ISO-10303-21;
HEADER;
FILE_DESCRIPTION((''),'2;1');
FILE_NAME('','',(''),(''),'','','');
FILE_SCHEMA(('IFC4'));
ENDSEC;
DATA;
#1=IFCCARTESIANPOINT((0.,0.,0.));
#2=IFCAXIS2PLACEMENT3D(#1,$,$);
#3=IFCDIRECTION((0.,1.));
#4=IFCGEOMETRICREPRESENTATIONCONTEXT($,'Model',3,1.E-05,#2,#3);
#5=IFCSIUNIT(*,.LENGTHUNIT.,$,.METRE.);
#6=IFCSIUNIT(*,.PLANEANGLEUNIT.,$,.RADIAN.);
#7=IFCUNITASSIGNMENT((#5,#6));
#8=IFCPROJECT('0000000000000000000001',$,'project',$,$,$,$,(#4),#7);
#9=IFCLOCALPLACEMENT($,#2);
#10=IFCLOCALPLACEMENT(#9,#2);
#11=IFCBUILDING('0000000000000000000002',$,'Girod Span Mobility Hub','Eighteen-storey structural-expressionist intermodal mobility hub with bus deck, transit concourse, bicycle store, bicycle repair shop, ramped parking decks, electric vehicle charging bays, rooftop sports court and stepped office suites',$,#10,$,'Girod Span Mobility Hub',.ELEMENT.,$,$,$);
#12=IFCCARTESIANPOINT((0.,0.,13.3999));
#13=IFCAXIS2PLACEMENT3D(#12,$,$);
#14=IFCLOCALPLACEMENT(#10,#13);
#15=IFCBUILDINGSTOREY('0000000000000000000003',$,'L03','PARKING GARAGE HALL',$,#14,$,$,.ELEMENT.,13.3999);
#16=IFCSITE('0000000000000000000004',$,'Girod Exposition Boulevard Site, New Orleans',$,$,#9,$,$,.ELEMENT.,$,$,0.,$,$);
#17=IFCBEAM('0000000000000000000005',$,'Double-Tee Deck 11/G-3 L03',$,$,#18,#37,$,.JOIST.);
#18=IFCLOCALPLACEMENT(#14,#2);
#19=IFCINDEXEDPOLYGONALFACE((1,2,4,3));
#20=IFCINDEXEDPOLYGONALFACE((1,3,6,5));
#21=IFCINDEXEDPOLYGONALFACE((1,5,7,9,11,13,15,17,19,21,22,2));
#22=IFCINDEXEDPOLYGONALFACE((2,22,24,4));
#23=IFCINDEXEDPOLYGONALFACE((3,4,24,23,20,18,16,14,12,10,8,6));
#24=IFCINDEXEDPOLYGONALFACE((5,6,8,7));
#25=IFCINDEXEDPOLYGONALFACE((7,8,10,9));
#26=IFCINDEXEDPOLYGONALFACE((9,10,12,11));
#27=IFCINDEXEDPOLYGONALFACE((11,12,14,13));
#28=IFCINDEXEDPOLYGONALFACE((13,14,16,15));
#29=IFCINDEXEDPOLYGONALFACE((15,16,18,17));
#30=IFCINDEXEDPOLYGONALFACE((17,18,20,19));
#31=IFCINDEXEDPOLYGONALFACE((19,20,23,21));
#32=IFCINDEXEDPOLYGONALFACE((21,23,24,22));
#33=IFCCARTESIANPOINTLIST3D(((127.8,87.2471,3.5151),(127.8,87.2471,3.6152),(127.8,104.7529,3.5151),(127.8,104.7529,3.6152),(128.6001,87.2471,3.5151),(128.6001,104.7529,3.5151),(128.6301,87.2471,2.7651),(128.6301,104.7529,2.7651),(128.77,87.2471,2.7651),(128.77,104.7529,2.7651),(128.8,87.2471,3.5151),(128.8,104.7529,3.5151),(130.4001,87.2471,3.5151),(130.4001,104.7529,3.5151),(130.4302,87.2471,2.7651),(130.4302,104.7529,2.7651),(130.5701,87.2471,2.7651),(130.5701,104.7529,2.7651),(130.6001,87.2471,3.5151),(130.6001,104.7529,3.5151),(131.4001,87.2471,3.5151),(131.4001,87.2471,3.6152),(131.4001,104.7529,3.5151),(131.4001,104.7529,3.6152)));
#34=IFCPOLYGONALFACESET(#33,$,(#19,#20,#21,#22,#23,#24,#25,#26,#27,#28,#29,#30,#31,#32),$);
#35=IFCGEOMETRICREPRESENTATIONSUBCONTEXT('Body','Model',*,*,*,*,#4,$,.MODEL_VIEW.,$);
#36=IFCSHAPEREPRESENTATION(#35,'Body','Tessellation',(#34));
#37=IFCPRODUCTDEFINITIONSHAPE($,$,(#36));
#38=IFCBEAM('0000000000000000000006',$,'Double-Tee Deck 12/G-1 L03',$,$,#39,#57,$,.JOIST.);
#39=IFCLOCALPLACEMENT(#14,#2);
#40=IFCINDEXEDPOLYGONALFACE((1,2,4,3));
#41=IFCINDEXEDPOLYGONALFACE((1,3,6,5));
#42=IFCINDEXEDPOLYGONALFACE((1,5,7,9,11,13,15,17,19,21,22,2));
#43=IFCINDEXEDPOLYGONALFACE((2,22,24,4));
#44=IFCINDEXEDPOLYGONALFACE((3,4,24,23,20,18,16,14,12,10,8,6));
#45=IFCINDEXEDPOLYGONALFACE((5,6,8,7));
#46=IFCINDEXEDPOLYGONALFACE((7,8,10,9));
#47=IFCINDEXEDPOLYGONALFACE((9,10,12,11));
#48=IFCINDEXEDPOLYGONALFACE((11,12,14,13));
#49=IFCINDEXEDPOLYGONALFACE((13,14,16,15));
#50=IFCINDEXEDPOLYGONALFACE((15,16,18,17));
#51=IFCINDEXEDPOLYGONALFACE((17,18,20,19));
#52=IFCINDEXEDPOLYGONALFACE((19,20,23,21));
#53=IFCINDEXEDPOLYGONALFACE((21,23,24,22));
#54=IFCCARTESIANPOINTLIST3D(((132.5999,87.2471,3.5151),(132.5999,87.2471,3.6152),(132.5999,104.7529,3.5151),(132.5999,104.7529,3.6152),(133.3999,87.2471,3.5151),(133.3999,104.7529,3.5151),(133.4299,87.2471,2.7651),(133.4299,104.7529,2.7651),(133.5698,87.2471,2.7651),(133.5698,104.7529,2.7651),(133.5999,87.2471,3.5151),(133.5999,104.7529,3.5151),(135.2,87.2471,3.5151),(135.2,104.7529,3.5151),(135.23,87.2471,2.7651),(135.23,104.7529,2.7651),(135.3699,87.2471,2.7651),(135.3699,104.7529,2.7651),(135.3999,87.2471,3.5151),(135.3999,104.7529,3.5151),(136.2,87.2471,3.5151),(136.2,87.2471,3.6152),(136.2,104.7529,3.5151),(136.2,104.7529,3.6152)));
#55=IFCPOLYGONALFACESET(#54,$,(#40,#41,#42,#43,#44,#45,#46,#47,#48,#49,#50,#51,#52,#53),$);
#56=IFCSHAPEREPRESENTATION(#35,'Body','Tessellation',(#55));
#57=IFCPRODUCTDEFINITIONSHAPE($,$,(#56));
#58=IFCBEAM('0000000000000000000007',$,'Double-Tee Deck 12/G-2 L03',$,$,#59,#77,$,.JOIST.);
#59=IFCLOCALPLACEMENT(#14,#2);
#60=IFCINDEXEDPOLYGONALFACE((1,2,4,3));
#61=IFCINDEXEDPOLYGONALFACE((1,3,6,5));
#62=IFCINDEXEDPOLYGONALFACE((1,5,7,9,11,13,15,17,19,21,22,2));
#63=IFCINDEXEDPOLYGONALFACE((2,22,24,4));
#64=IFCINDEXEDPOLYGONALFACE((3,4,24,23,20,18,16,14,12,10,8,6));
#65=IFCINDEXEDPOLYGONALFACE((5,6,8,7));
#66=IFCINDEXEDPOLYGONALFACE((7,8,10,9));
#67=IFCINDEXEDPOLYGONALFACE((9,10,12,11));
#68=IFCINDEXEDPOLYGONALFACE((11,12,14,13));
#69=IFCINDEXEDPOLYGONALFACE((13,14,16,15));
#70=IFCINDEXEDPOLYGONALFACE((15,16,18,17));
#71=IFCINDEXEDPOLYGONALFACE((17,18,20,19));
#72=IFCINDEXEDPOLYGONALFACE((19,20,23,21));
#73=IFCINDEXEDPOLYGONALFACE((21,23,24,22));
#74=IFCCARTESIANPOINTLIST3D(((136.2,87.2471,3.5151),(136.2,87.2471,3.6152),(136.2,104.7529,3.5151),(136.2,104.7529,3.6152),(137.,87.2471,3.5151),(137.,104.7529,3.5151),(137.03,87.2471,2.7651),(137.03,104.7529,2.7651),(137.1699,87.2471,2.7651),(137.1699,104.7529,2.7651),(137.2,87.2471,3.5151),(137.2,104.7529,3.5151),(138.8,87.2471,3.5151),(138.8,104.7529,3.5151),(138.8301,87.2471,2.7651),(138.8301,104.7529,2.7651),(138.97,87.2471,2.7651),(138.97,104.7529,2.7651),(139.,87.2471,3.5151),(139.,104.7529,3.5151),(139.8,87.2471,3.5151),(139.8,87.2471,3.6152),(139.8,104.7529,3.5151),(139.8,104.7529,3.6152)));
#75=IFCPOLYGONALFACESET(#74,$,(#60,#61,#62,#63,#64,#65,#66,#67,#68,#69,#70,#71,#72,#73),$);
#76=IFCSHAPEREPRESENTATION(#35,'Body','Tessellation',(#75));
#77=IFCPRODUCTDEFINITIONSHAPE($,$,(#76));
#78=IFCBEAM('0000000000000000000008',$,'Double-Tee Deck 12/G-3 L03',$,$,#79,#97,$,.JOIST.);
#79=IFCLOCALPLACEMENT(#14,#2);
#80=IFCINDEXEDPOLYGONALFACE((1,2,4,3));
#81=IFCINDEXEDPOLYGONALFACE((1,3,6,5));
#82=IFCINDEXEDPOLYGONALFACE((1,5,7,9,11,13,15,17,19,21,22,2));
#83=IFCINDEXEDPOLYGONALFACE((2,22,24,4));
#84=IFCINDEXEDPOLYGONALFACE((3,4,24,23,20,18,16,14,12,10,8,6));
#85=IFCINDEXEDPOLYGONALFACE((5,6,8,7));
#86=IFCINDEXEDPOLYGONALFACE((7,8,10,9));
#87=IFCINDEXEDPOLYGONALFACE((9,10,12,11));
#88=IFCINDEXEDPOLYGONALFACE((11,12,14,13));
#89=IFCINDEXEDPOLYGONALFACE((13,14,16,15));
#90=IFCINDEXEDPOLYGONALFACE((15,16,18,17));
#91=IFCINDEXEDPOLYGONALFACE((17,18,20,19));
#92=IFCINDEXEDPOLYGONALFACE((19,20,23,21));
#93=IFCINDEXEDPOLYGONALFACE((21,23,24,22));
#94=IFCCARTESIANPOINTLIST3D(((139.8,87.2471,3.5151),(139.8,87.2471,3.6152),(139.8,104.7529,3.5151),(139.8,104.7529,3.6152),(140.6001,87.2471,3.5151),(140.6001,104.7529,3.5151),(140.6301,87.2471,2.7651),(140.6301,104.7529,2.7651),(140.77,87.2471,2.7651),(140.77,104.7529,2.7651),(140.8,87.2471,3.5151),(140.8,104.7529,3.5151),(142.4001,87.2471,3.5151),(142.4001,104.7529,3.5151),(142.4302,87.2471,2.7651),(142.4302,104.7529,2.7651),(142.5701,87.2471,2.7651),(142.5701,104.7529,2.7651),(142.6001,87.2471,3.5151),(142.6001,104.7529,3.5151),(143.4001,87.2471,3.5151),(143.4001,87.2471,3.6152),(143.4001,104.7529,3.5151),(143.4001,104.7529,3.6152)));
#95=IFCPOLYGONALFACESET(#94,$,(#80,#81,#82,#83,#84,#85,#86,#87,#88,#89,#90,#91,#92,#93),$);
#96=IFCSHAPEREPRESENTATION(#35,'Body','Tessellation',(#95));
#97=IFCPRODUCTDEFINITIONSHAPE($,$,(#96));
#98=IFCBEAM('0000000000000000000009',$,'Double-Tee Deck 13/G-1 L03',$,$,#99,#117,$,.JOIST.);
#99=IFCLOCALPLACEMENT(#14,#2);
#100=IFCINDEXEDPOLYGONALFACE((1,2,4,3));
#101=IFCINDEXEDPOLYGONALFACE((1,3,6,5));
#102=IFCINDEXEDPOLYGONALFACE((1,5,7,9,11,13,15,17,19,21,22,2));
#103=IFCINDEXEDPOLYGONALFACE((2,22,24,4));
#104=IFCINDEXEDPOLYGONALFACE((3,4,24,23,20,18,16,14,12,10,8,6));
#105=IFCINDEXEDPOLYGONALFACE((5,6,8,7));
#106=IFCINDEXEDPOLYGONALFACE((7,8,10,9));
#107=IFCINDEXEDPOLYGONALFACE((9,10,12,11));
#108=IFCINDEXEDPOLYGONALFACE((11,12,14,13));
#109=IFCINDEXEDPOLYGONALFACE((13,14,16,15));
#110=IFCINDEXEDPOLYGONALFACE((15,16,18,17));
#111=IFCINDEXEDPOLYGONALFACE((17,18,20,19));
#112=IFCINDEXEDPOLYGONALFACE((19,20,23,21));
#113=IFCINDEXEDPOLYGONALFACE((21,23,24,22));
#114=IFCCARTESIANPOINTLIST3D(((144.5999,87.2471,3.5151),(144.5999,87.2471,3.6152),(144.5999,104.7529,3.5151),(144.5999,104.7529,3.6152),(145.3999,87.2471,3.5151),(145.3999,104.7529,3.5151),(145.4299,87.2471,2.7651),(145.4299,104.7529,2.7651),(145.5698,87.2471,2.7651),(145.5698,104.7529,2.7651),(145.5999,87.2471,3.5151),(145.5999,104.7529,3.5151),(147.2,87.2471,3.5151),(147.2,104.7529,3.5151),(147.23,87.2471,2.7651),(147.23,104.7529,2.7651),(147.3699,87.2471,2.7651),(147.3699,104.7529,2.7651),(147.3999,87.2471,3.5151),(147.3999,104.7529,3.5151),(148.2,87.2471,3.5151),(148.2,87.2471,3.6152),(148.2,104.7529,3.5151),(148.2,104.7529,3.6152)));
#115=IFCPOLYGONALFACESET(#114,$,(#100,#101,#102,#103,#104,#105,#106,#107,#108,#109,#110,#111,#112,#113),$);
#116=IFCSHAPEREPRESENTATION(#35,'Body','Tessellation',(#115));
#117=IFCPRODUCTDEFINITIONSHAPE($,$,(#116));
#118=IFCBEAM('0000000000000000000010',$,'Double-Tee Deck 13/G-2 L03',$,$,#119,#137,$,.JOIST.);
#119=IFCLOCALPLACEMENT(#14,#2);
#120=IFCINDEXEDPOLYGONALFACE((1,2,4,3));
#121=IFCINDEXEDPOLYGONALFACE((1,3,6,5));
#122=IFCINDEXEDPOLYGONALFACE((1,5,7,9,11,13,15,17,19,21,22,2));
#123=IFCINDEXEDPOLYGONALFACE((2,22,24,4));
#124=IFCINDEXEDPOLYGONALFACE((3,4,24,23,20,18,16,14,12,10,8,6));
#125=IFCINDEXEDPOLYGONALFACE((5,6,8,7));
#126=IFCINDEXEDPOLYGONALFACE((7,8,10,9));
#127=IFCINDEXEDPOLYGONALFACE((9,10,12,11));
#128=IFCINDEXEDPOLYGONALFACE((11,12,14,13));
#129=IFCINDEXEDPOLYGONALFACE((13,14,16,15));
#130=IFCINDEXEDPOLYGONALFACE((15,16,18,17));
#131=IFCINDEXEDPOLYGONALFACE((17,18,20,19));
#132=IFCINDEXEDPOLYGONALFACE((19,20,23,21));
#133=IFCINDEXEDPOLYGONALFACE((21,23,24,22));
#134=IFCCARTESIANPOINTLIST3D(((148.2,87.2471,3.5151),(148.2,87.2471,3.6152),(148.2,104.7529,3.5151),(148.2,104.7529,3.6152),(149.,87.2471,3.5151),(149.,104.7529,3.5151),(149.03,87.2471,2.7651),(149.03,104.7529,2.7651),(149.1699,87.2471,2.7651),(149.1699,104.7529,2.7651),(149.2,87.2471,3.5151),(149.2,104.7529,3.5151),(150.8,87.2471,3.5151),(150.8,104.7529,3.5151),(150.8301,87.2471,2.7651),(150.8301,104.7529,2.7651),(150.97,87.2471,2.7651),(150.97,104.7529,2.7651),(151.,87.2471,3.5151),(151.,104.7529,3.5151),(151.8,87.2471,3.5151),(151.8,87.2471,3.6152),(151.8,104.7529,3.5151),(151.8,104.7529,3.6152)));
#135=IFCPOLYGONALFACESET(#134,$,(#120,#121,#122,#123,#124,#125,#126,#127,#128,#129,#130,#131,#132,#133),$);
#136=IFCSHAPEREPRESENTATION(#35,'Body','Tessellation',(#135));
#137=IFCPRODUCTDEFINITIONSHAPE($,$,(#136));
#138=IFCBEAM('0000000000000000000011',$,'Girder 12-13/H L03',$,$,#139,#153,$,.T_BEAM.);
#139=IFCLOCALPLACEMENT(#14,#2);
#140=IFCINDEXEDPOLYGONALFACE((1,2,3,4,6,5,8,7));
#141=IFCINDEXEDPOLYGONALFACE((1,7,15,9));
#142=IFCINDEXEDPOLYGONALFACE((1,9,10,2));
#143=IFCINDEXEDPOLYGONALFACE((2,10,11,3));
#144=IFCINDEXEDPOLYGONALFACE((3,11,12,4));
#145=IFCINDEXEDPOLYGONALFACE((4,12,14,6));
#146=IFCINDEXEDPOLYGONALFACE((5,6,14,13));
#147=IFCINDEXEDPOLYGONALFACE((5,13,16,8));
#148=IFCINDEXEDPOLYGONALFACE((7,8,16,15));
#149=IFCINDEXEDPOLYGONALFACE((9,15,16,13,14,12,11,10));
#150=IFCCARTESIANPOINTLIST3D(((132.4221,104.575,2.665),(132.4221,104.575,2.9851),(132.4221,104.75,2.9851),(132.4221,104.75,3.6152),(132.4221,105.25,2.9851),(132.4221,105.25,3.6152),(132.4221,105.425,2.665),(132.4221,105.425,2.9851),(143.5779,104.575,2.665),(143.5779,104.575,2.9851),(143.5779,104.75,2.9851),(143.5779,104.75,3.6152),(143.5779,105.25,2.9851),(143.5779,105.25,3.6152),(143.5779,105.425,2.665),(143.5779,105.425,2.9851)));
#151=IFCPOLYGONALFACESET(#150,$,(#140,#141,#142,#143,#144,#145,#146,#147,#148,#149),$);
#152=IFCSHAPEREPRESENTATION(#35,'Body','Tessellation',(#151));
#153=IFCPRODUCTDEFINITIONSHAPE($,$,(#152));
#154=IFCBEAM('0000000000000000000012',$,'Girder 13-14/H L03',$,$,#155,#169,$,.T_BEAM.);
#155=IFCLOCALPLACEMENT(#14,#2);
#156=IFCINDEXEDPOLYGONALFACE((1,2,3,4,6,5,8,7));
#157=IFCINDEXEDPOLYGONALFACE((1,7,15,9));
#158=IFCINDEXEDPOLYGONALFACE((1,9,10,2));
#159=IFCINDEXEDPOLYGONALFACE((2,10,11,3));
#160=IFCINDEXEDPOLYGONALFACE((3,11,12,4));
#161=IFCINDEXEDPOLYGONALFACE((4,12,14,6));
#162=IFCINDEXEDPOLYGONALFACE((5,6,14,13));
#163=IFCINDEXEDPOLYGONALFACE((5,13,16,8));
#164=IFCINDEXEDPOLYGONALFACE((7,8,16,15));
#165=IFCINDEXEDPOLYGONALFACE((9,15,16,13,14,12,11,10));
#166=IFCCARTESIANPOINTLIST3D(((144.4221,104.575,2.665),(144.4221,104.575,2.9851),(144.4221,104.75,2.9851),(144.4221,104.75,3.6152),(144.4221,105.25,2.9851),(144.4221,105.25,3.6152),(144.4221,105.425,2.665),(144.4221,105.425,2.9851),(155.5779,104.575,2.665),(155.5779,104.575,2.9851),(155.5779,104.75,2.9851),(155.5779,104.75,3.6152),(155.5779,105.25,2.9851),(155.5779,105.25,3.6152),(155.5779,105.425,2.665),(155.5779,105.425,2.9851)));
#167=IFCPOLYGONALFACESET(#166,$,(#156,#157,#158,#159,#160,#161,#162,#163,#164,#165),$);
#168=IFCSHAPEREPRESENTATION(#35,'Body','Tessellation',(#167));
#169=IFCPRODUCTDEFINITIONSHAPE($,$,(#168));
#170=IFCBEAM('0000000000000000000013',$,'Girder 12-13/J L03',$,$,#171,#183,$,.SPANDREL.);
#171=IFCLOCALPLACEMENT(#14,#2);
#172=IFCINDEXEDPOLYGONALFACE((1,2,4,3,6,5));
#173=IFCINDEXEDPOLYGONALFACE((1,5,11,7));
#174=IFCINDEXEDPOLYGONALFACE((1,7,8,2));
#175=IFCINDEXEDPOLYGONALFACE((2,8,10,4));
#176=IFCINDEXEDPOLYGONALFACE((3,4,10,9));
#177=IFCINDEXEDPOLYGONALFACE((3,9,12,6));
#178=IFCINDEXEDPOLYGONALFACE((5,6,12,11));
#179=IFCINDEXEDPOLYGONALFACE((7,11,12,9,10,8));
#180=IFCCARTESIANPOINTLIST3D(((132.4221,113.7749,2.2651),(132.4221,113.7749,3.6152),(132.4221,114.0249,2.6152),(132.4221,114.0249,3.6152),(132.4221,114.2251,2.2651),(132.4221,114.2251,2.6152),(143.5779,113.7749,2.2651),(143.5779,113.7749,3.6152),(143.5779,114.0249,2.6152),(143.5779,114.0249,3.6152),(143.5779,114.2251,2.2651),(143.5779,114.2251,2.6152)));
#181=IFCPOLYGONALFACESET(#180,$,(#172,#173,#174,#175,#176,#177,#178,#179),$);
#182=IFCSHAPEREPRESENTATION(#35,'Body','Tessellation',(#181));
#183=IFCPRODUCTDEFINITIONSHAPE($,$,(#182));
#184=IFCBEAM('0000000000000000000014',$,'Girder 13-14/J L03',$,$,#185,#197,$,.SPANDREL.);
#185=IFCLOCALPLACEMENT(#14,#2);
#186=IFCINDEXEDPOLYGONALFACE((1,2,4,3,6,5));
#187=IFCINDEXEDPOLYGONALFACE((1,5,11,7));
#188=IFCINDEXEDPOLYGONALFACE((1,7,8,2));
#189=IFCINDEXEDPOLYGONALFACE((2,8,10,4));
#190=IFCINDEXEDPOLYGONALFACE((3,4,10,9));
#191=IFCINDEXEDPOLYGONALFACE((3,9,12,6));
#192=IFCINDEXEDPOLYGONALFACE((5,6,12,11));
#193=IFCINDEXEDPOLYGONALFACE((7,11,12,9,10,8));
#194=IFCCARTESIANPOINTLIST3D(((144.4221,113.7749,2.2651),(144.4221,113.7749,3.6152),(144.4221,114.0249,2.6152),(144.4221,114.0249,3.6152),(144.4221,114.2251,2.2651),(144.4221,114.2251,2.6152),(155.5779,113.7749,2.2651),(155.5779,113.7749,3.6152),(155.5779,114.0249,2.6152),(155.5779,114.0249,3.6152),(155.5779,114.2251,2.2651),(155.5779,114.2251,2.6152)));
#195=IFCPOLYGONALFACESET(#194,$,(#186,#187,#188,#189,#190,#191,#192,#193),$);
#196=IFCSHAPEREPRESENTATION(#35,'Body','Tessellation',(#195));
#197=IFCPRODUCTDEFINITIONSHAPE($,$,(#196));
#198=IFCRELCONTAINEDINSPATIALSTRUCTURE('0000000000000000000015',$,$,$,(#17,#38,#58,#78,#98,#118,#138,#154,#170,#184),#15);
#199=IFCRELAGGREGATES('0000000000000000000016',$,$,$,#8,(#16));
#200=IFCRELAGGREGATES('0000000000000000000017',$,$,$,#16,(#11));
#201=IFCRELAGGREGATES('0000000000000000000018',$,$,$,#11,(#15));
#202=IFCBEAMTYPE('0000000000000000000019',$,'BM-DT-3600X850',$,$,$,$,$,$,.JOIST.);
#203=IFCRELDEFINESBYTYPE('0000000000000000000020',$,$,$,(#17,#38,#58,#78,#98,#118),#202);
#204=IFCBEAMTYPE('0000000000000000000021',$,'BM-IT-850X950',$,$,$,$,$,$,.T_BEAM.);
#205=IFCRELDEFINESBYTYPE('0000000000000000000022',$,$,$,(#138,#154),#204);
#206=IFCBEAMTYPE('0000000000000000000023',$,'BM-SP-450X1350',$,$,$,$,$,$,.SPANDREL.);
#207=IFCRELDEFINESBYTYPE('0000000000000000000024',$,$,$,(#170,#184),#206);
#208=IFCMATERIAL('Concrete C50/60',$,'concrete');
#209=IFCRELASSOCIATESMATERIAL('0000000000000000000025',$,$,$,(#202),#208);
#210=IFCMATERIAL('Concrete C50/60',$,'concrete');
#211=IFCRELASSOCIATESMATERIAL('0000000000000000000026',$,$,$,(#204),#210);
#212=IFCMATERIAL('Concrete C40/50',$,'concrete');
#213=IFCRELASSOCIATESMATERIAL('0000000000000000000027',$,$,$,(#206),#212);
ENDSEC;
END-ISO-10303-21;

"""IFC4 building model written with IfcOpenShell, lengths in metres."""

from ifc_helpers import new_model, si_unit, direction, frame, origin, place, context, subcontext, project, spatial, polyline, outline, extrude, material, material_profile, profile_set, type_object, element, save


model = new_model("IFC4")

# Units and contexts
model_context = context("Model", 3, precision=1e-05, world=origin(), true_north=direction((0.0, 1.0)))
body_context = subcontext(model_context, "Body", "Model", "MODEL_VIEW")
ifc_project = project(units=[si_unit("LENGTHUNIT", "METRE"), si_unit("PLANEANGLEUNIT", "RADIAN")], contexts=[model_context])

# Site, building, storey
site_placement = place(None, origin())
site = spatial("IfcSite", under=ifc_project, at=site_placement, Name="Girod Exposition Boulevard Site, New Orleans", CompositionType="ELEMENT", RefElevation=0.0)
building_placement = place(site_placement, origin())
building = spatial("IfcBuilding", under=site, at=building_placement, Name="Girod Span Mobility Hub", Description="Eighteen-storey structural-expressionist intermodal mobility hub with bus deck, transit concourse, bicycle store, bicycle repair shop, ramped parking decks, electric vehicle charging bays, rooftop sports court and stepped office suites", LongName="Girod Span Mobility Hub", CompositionType="ELEMENT")
storey_placement = place(building_placement, frame((0.0, 0.0, 13.3999)))
storey = spatial("IfcBuildingStorey", under=building, at=storey_placement, Name="L03", Description="PARKING GARAGE HALL", CompositionType="ELEMENT", Elevation=13.3999)

# Beams
ifc_material_1 = material(Name="Concrete C50/60", Category="concrete")
ifc_material_profile_1 = material_profile(ifc_material_1, outline(polyline([(-1.8, 0.425), (-1.8, 0.325), (-1.0, 0.325), (-0.97, -0.425), (-0.8301, -0.425), (-0.8, 0.325), (0.8, 0.325), (0.8301, -0.425), (0.97, -0.425), (1.0, 0.325), (1.8, 0.325), (1.8, 0.425), (-1.8, 0.425)])), Name="DT-3600X850")
ifc_profile_set_1 = profile_set([ifc_material_profile_1], Name="Concrete C50/60")
beam_type_1 = type_object("IfcBeamType", Name="BM-DT-3600X850", PredefinedType="JOIST", material=ifc_profile_set_1)
for number, where, z_axis, x_axis, name in (
    (1, (129.6001, 87.2471, 3.1902), (0.0, 1.0, 0.0), (-1.0, 0.0, 0.0), "Double-Tee Deck 11/G-3 L03"),
    (2, (134.3999, 87.2471, 3.1902), (0.0, 1.0, 0.0), (-1.0, 0.0, 0.0), "Double-Tee Deck 12/G-1 L03"),
    (3, (138.0, 87.2471, 3.1902), (0.0, 1.0, 0.0), (-1.0, 0.0, 0.0), "Double-Tee Deck 12/G-2 L03"),
    (4, (141.6001, 87.2471, 3.1902), (0.0, 1.0, 0.0), (-1.0, 0.0, 0.0), "Double-Tee Deck 12/G-3 L03"),
    (5, (146.3999, 87.2471, 3.1902), (0.0, 1.0, 0.0), (-1.0, 0.0, 0.0), "Double-Tee Deck 13/G-1 L03"),
    (6, (150.0, 87.2471, 3.1902), (0.0, 1.0, 0.0), (-1.0, 0.0, 0.0), "Double-Tee Deck 13/G-2 L03"),
):
    element("IfcBeam", number, at=place(storey_placement, frame(where, z_axis=z_axis, x_axis=x_axis)), inside=storey, type_object=beam_type_1, Name=name, PredefinedType="JOIST", context=body_context, shape_type="SweptSolid", body=[
        extrude(outline(polyline([(-1.8, 0.425), (-1.8, 0.325), (-1.0, 0.325), (-0.97, -0.425), (-0.8301, -0.425), (-0.8, 0.325), (0.8, 0.325), (0.8301, -0.425), (0.97, -0.425), (1.0, 0.325), (1.8, 0.325), (1.8, 0.425), (-1.8, 0.425)])), origin(), (0.0, 0.0, 1.0), 17.5059),
    ])
ifc_material_2 = material(Name="Concrete C50/60", Category="concrete")
ifc_material_profile_2 = material_profile(ifc_material_2, outline(polyline([(-0.425, -0.4751), (0.425, -0.4751), (0.425, -0.155), (0.25, -0.155), (0.25, 0.4751), (-0.25, 0.4751), (-0.25, -0.155), (-0.425, -0.155), (-0.425, -0.4751)])), Name="IT-850X950")
ifc_profile_set_2 = profile_set([ifc_material_profile_2], Name="Concrete C50/60")
beam_type_2 = type_object("IfcBeamType", Name="BM-IT-850X950", PredefinedType="T_BEAM", material=ifc_profile_set_2)
for number, where, z_axis, x_axis, name in (
    (7, (132.4221, 105.0, 3.1401), (1.0, 0.0, 0.0), (0.0, 1.0, 0.0), "Girder 12-13/H L03"),
    (8, (144.4221, 105.0, 3.1401), (1.0, 0.0, 0.0), (0.0, 1.0, 0.0), "Girder 13-14/H L03"),
):
    element("IfcBeam", number, at=place(storey_placement, frame(where, z_axis=z_axis, x_axis=x_axis)), inside=storey, type_object=beam_type_2, Name=name, PredefinedType="T_BEAM", context=body_context, shape_type="SweptSolid", body=[
        extrude(outline(polyline([(-0.425, -0.4751), (0.425, -0.4751), (0.425, -0.155), (0.25, -0.155), (0.25, 0.4751), (-0.25, 0.4751), (-0.25, -0.155), (-0.425, -0.155), (-0.425, -0.4751)])), origin(), (0.0, 0.0, 1.0), 11.1558),
    ])
ifc_material_3 = material(Name="Concrete C40/50", Category="concrete")
ifc_material_profile_3 = material_profile(ifc_material_3, outline(polyline([(-0.2251, -0.675), (0.2251, -0.675), (0.2251, -0.325), (0.0249, -0.325), (0.0249, 0.675), (-0.2251, 0.675), (-0.2251, -0.675)])), Name="SP-450X1350")
ifc_profile_set_3 = profile_set([ifc_material_profile_3], Name="Concrete C40/50")
beam_type_3 = type_object("IfcBeamType", Name="BM-SP-450X1350", PredefinedType="SPANDREL", material=ifc_profile_set_3)
for number, where, z_axis, x_axis, name in (
    (9, (132.4221, 114.0, 2.9402), (1.0, 0.0, 0.0), (0.0, 1.0, 0.0), "Girder 12-13/J L03"),
    (10, (144.4221, 114.0, 2.9402), (1.0, 0.0, 0.0), (0.0, 1.0, 0.0), "Girder 13-14/J L03"),
):
    element("IfcBeam", number, at=place(storey_placement, frame(where, z_axis=z_axis, x_axis=x_axis)), inside=storey, type_object=beam_type_3, Name=name, PredefinedType="SPANDREL", context=body_context, shape_type="SweptSolid", body=[
        extrude(outline(polyline([(-0.2251, -0.675), (0.2251, -0.675), (0.2251, -0.325), (0.0249, -0.325), (0.0249, 0.675), (-0.2251, 0.675), (-0.2251, -0.675)])), origin(), (0.0, 0.0, 1.0), 11.1558),
    ])

save(model, "model.ifc")
